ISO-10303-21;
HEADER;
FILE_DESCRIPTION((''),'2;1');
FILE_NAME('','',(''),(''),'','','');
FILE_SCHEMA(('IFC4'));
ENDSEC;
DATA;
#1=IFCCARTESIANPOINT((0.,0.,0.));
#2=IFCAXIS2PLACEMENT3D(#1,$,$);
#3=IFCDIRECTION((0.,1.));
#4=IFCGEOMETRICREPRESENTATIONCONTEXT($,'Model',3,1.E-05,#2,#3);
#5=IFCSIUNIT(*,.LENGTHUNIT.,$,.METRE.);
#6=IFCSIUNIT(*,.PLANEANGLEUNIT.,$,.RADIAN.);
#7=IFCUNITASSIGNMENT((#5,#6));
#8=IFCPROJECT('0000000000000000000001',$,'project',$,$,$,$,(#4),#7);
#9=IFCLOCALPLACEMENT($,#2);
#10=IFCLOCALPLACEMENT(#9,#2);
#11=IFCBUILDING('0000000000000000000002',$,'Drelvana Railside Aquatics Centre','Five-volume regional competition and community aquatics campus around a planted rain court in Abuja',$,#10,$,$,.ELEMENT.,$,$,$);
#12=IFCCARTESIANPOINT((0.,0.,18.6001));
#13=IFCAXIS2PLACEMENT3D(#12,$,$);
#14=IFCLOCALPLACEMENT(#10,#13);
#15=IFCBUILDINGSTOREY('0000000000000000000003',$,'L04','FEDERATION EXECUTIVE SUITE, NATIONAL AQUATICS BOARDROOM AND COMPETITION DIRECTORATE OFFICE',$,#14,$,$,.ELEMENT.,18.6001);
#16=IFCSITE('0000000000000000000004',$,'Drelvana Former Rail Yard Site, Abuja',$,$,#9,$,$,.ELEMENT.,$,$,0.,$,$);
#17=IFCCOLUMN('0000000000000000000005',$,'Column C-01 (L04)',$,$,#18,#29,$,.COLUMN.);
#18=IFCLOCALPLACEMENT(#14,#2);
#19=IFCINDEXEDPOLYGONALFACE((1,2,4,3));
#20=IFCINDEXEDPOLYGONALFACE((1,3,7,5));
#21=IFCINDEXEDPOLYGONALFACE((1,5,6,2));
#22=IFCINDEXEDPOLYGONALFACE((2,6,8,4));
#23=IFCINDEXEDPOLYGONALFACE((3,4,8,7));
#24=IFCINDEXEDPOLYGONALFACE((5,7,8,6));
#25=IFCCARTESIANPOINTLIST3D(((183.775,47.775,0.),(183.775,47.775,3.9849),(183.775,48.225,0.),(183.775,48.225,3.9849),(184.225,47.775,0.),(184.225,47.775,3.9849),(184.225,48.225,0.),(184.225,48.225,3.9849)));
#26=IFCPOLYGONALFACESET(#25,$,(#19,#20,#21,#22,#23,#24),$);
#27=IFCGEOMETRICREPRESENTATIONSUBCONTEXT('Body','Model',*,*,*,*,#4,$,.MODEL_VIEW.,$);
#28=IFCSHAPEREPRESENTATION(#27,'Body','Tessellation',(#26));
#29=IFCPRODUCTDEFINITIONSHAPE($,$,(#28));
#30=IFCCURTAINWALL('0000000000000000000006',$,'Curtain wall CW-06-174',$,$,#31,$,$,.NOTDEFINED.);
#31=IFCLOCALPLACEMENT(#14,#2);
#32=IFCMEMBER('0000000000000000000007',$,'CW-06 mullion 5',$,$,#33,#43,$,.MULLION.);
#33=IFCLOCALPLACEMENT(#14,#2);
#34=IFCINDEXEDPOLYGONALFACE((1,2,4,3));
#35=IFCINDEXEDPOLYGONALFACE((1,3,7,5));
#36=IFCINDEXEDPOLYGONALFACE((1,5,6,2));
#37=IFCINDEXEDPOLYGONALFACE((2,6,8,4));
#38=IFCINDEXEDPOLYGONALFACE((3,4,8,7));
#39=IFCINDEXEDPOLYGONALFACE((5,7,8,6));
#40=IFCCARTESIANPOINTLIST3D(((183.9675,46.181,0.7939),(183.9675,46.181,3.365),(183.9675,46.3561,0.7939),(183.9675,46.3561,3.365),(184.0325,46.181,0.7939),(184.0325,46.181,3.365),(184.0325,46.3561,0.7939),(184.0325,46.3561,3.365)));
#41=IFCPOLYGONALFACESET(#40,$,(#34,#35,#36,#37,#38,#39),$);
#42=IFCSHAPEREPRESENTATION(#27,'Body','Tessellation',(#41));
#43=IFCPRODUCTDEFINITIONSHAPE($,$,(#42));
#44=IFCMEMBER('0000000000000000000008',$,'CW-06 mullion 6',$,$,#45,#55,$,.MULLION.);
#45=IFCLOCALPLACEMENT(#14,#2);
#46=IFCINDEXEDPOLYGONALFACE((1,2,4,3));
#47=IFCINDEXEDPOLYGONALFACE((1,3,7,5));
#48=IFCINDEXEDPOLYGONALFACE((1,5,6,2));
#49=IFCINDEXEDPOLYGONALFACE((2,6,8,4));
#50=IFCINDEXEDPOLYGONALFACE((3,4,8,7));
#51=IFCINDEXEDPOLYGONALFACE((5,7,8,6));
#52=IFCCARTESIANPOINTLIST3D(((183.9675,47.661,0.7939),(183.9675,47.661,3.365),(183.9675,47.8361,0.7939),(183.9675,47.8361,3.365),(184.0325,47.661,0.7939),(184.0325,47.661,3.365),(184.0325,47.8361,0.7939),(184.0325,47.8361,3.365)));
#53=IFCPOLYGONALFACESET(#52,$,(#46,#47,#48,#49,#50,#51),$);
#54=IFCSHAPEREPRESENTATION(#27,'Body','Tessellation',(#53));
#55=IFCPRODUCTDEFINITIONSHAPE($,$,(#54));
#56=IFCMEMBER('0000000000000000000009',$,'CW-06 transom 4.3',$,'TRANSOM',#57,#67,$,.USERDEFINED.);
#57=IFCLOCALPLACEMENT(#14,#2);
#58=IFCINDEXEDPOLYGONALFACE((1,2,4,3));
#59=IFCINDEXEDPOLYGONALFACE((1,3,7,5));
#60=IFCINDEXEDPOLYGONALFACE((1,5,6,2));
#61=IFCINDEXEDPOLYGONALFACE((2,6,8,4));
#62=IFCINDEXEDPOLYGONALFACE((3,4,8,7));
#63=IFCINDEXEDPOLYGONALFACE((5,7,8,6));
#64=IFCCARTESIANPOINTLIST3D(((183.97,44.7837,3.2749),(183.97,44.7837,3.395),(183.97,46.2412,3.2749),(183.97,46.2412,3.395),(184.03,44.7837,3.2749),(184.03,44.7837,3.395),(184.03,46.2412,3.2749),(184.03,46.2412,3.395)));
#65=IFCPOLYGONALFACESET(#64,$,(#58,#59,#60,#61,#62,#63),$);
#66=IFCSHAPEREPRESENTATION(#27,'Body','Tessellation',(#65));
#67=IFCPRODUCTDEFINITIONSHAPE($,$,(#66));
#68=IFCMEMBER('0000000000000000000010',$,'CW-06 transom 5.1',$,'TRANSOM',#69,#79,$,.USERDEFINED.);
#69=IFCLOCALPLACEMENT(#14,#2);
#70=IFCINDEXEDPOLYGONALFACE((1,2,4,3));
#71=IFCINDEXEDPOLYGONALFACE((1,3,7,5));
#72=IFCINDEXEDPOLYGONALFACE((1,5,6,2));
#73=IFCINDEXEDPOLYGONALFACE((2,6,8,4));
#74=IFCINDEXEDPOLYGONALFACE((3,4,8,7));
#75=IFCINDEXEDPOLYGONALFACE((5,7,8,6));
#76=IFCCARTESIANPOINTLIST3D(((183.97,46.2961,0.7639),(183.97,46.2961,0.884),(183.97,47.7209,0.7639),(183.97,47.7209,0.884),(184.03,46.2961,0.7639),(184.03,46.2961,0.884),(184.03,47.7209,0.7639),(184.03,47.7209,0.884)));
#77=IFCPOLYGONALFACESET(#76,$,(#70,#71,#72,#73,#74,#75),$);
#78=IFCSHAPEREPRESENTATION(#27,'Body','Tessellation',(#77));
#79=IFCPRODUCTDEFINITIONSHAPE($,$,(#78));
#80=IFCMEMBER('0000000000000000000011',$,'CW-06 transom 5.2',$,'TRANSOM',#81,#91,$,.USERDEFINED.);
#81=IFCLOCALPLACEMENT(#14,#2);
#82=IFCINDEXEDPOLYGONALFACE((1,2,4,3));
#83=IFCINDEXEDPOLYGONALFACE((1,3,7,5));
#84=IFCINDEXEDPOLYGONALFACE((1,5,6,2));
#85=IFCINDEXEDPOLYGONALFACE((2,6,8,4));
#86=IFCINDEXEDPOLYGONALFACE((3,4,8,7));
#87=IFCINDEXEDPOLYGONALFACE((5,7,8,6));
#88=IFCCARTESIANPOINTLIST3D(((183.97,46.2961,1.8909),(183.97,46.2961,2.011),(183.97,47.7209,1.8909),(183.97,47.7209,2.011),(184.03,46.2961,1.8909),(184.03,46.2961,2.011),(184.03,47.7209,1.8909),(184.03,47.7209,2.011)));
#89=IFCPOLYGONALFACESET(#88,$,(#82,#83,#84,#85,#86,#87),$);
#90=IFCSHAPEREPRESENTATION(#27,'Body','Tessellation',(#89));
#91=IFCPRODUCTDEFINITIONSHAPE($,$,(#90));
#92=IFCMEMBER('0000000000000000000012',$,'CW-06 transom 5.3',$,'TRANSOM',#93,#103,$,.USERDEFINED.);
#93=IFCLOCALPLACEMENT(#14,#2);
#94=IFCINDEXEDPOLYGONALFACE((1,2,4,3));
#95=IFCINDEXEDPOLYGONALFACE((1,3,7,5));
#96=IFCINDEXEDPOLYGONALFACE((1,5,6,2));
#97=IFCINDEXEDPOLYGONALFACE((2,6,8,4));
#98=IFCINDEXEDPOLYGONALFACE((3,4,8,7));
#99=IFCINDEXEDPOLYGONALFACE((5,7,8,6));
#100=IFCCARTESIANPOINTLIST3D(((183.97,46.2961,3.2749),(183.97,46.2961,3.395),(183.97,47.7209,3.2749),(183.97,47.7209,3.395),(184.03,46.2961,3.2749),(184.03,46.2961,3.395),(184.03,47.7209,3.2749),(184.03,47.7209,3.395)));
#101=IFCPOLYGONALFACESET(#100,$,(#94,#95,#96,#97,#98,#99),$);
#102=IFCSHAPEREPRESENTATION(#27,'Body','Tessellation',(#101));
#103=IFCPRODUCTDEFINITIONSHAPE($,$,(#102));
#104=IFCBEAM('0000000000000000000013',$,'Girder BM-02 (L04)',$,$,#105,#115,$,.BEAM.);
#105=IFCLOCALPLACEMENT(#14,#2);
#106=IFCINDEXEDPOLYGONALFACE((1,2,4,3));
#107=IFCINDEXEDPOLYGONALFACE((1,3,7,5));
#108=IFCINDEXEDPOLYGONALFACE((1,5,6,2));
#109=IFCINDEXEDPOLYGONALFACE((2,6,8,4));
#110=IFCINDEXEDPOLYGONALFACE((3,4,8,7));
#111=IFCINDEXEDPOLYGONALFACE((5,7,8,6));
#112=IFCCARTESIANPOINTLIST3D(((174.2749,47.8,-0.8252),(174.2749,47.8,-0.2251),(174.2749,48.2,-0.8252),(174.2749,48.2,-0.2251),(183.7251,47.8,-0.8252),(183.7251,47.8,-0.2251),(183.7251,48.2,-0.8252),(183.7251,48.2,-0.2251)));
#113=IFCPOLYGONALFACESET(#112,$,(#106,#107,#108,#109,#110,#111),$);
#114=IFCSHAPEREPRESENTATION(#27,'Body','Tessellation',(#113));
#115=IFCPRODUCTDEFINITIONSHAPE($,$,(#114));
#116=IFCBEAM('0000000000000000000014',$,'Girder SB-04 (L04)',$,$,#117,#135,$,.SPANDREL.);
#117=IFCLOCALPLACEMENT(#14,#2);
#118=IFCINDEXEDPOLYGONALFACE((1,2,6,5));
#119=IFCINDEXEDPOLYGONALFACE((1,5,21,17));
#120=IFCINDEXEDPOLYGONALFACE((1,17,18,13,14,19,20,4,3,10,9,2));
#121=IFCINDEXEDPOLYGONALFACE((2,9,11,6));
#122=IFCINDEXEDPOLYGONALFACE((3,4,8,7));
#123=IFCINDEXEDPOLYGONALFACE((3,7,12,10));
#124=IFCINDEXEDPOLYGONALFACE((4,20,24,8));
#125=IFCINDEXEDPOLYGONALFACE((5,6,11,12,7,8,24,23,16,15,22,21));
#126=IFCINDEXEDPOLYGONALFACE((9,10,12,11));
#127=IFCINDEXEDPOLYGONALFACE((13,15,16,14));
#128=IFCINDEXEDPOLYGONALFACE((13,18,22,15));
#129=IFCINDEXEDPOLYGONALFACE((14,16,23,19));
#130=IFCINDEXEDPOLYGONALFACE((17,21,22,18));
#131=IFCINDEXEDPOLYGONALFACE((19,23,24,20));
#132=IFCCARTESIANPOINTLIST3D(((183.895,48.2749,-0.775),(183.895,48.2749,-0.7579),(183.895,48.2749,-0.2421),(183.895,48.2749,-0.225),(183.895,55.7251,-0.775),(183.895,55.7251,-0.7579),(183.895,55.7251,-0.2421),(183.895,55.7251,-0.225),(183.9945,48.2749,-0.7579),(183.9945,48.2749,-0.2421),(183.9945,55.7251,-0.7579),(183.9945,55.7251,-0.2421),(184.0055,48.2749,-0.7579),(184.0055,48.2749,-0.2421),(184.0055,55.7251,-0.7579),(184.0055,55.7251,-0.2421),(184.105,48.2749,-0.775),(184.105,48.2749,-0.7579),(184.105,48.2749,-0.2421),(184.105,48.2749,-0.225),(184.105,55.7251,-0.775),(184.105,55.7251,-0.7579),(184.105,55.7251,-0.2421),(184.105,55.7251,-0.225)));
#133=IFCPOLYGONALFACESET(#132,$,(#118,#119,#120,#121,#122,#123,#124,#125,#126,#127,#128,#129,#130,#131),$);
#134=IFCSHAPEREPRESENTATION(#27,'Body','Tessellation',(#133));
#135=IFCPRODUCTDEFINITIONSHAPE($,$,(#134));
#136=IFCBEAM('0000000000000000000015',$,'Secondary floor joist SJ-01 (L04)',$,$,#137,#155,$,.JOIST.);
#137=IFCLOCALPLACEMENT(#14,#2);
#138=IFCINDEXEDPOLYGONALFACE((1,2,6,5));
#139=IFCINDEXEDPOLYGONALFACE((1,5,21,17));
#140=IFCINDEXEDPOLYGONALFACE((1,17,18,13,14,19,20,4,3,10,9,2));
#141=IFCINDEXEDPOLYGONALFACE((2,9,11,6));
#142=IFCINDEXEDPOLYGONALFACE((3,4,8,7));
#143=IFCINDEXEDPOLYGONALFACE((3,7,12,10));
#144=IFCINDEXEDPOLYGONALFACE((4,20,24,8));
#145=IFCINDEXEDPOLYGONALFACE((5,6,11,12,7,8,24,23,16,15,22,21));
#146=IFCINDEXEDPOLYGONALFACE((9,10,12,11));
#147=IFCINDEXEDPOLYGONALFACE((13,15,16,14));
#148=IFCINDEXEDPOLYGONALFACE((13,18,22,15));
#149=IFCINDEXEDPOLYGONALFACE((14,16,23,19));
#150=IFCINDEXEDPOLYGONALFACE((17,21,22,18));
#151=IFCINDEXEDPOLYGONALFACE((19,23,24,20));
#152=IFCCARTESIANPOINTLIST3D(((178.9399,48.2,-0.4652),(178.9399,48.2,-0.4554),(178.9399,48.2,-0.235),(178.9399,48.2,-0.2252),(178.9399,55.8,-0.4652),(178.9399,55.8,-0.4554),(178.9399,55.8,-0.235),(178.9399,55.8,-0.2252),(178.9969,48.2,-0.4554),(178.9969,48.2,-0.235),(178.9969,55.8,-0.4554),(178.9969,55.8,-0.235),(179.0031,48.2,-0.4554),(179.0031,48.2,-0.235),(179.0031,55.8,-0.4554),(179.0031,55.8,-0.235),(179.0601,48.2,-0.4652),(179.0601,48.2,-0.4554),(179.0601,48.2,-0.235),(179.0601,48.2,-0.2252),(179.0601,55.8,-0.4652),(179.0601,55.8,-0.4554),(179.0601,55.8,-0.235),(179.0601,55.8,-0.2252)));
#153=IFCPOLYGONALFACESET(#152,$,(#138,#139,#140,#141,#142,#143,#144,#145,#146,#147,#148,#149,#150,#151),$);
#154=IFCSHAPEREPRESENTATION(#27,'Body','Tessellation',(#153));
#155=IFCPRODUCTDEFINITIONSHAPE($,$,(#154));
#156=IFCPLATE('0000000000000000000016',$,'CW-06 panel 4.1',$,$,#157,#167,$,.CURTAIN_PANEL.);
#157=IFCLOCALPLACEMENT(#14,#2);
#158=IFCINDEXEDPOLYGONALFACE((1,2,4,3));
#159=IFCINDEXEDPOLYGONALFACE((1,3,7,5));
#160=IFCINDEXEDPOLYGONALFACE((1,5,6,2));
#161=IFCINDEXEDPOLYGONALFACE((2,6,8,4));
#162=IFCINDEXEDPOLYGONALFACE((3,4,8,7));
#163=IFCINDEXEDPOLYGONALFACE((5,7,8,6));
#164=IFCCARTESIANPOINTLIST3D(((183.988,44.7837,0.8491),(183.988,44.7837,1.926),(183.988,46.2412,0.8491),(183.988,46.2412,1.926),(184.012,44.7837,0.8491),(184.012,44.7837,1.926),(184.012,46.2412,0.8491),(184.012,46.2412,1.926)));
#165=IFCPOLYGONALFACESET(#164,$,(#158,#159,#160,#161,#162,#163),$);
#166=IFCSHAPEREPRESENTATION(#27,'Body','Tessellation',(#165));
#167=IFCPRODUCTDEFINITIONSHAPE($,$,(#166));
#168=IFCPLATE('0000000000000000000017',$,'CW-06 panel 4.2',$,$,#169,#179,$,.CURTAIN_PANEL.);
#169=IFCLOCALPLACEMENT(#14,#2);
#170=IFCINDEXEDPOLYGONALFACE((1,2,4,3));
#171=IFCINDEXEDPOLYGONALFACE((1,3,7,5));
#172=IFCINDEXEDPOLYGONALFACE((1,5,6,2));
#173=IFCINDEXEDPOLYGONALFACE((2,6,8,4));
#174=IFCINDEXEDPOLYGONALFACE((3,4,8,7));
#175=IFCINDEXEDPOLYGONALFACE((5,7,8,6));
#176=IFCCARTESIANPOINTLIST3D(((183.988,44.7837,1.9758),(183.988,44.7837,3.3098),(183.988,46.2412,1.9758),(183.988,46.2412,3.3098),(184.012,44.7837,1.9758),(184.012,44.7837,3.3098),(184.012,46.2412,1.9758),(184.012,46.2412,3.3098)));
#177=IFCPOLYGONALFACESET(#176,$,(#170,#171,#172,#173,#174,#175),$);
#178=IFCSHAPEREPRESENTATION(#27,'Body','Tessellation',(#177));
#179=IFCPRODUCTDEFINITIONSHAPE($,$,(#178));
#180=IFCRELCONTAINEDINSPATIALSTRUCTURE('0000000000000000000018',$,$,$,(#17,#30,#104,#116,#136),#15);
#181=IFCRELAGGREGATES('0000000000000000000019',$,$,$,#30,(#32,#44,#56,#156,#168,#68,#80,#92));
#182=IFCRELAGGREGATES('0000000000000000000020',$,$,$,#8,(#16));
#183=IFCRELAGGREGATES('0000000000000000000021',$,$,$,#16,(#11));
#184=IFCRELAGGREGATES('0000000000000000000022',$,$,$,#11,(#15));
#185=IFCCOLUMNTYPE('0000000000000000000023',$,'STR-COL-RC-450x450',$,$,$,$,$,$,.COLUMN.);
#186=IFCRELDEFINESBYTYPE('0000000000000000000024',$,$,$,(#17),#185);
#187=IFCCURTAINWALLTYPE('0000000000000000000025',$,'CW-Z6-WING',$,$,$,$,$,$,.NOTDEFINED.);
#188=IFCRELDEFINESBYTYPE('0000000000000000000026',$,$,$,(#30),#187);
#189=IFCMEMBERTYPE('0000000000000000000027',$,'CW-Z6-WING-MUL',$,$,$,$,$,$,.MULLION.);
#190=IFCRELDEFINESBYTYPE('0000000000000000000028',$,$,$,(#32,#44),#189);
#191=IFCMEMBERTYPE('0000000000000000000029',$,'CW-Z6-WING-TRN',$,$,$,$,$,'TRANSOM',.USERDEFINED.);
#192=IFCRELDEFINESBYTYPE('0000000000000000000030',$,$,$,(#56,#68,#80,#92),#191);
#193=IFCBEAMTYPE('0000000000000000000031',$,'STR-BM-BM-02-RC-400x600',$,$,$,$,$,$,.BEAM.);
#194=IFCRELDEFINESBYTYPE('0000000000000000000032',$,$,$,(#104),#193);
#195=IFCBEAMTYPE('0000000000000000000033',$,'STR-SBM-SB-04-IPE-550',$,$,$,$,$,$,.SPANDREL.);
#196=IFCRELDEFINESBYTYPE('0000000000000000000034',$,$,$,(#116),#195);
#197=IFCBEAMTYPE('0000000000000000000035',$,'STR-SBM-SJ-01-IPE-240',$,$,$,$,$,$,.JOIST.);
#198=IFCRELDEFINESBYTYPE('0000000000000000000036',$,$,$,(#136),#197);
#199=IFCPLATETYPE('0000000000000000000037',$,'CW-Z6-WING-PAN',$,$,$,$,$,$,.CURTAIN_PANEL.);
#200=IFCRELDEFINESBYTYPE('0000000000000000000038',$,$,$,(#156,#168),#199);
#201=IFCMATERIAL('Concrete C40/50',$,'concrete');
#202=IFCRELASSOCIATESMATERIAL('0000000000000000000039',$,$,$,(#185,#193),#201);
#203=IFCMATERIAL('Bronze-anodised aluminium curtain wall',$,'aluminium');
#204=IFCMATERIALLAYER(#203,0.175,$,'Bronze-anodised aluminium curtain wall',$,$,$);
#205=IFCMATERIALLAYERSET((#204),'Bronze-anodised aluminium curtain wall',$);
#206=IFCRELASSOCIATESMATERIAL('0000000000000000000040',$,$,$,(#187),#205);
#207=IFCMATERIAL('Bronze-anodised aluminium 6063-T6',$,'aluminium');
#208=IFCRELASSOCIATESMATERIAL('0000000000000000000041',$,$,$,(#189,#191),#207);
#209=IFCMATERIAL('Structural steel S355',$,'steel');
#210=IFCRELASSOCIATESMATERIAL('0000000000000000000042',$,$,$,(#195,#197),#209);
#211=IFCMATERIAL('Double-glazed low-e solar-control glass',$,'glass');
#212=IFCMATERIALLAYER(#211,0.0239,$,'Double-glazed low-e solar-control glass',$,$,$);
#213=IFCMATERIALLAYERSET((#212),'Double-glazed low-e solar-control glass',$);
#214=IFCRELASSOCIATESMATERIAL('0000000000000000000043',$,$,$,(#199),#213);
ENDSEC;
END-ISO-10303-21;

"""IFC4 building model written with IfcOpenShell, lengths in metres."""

from ifc_helpers import new_model, si_unit, direction, frame, origin, origin_2d, place, context, subcontext, project, spatial, rectangle, i_section, extrude, material, layer, layer_set, material_profile, profile_set, type_object, element, aggregate, save


model = new_model("IFC4")

# Units and contexts
model_context = context("Model", 3, precision=1e-05, world=origin(), true_north=direction((0.0, 1.0)))
body_context = subcontext(model_context, "Body", "Model", "MODEL_VIEW")
ifc_project = project(units=[si_unit("LENGTHUNIT", "METRE"), si_unit("PLANEANGLEUNIT", "RADIAN")], contexts=[model_context])

# Site, building, storey
site_placement = place(None, origin())
site = spatial("IfcSite", under=ifc_project, at=site_placement, Name="Drelvana Former Rail Yard Site, Abuja", CompositionType="ELEMENT", RefElevation=0.0)
building_placement = place(site_placement, origin())
building = spatial("IfcBuilding", under=site, at=building_placement, Name="Drelvana Railside Aquatics Centre", Description="Five-volume regional competition and community aquatics campus around a planted rain court in Abuja", CompositionType="ELEMENT")
storey_placement = place(building_placement, frame((0.0, 0.0, 18.6001)))
storey = spatial("IfcBuildingStorey", under=building, at=storey_placement, Name="L04", Description="FEDERATION EXECUTIVE SUITE, NATIONAL AQUATICS BOARDROOM AND COMPETITION DIRECTORATE OFFICE", CompositionType="ELEMENT", Elevation=18.6001)

# Column
ifc_material_1 = material(Name="Concrete C40/50", Category="concrete")
ifc_material_profile_1 = material_profile(ifc_material_1, rectangle(XDim=0.45, YDim=0.45, at=origin_2d()), Name="RC 450x450")
ifc_profile_set_1 = profile_set([ifc_material_profile_1], Name="Concrete C40/50")
column_type = type_object("IfcColumnType", Name="STR-COL-RC-450x450", PredefinedType="COLUMN", material=ifc_profile_set_1)
column_placement = place(storey_placement, frame((184.0, 48.0, 0.0), z_axis=(0.0, 0.0, 1.0), x_axis=(1.0, 0.0, 0.0)))
element("IfcColumn", 1, at=column_placement, inside=storey, type_object=column_type, Name="Column C-01 (L04)", PredefinedType="COLUMN", context=body_context, shape_type="SweptSolid", body=[
    extrude(rectangle(XDim=0.45, YDim=0.45, at=origin_2d()), origin(), (0.0, 0.0, 1.0), 3.9849),
])

# Curtain wall, members
ifc_material_2 = material(Name="Bronze-anodised aluminium curtain wall", Category="aluminium")
ifc_layer_1 = layer(ifc_material_2, 0.175, Name="Bronze-anodised aluminium curtain wall")
ifc_layer_set_1 = layer_set([ifc_layer_1], Name="Bronze-anodised aluminium curtain wall")
curtain_wall_type = type_object("IfcCurtainWallType", Name="CW-Z6-WING", PredefinedType="NOTDEFINED", material=ifc_layer_set_1)
curtain_wall_placement = place(storey_placement, origin())
curtain_wall = element("IfcCurtainWall", 2, at=curtain_wall_placement, inside=storey, type_object=curtain_wall_type, Name="Curtain wall CW-06-174", PredefinedType="NOTDEFINED")
ifc_material_3 = material(Name="Bronze-anodised aluminium 6063-T6", Category="aluminium")
ifc_material_profile_2 = material_profile(ifc_material_3, rectangle(XDim=0.0649, YDim=0.175, at=origin_2d()), Name="ALU-M 65x175")
ifc_profile_set_2 = profile_set([ifc_material_profile_2], Name="Bronze-anodised aluminium 6063-T6")
member_type_1 = type_object("IfcMemberType", Name="CW-Z6-WING-MUL", PredefinedType="MULLION", material=ifc_profile_set_2)
member_1_placement = place(storey_placement, frame((184.0, 46.2686, 0.7939), z_axis=(0.0, 0.0, 1.0), x_axis=(-1.0, 0.0, 0.0)))
member_1 = element("IfcMember", 3, at=member_1_placement, type_object=member_type_1, Name="CW-06 mullion 5", PredefinedType="MULLION", context=body_context, shape_type="SweptSolid", body=[
    extrude(rectangle(XDim=0.0649, YDim=0.175, at=origin_2d()), origin(), (0.0, 0.0, 1.0), 2.571),
])
member_2_placement = place(storey_placement, frame((184.0, 47.7485, 0.7939), z_axis=(0.0, 0.0, 1.0), x_axis=(-1.0, 0.0, 0.0)))
member_2 = element("IfcMember", 4, at=member_2_placement, type_object=member_type_1, Name="CW-06 mullion 6", PredefinedType="MULLION", context=body_context, shape_type="SweptSolid", body=[
    extrude(rectangle(XDim=0.0649, YDim=0.175, at=origin_2d()), origin(), (0.0, 0.0, 1.0), 2.571),
])
ifc_material_profile_3 = material_profile(ifc_material_3, rectangle(XDim=0.1201, YDim=0.0601, at=origin_2d()), Name="ALU-T 60x120")
ifc_profile_set_3 = profile_set([ifc_material_profile_3], Name="Bronze-anodised aluminium 6063-T6")
member_type_2 = type_object("IfcMemberType", Name="CW-Z6-WING-TRN", ElementType="TRANSOM", PredefinedType="USERDEFINED", material=ifc_profile_set_3)
member_3_placement = place(storey_placement, frame((184.0, 44.7837, 3.335), z_axis=(0.0, 1.0, 0.0), x_axis=(0.0, 0.0, 1.0)))
member_3 = element("IfcMember", 5, at=member_3_placement, type_object=member_type_2, Name="CW-06 transom 4.3", ObjectType="TRANSOM", PredefinedType="USERDEFINED", context=body_context, shape_type="SweptSolid", body=[
    extrude(rectangle(XDim=0.1201, YDim=0.0601, at=origin_2d()), origin(), (0.0, 0.0, 1.0), 1.4575),
])
member_4_placement = place(storey_placement, frame((184.0, 46.2961, 0.824), z_axis=(0.0, 1.0, 0.0), x_axis=(0.0, 0.0, 1.0)))
member_4 = element("IfcMember", 6, at=member_4_placement, type_object=member_type_2, Name="CW-06 transom 5.1", ObjectType="TRANSOM", PredefinedType="USERDEFINED", context=body_context, shape_type="SweptSolid", body=[
    extrude(rectangle(XDim=0.1201, YDim=0.0601, at=origin_2d()), origin(), (0.0, 0.0, 1.0), 1.4248),
])
member_5_placement = place(storey_placement, frame((184.0, 46.2961, 1.9509), z_axis=(0.0, 1.0, 0.0), x_axis=(0.0, 0.0, 1.0)))
member_5 = element("IfcMember", 7, at=member_5_placement, type_object=member_type_2, Name="CW-06 transom 5.2", ObjectType="TRANSOM", PredefinedType="USERDEFINED", context=body_context, shape_type="SweptSolid", body=[
    extrude(rectangle(XDim=0.1201, YDim=0.0601, at=origin_2d()), origin(), (0.0, 0.0, 1.0), 1.4248),
])
member_6_placement = place(storey_placement, frame((184.0, 46.2961, 3.335), z_axis=(0.0, 1.0, 0.0), x_axis=(0.0, 0.0, 1.0)))
member_6 = element("IfcMember", 8, at=member_6_placement, type_object=member_type_2, Name="CW-06 transom 5.3", ObjectType="TRANSOM", PredefinedType="USERDEFINED", context=body_context, shape_type="SweptSolid", body=[
    extrude(rectangle(XDim=0.1201, YDim=0.0601, at=origin_2d()), origin(), (0.0, 0.0, 1.0), 1.4248),
])

# Beams
ifc_material_profile_4 = material_profile(ifc_material_1, rectangle(XDim=0.3999, YDim=0.6001, at=origin_2d()), Name="RC 400x600")
ifc_profile_set_4 = profile_set([ifc_material_profile_4], Name="Concrete C40/50")
beam_type_1 = type_object("IfcBeamType", Name="STR-BM-BM-02-RC-400x600", PredefinedType="BEAM", material=ifc_profile_set_4)
beam_1_placement = place(storey_placement, frame((174.2749, 48.0, -0.5251), z_axis=(1.0, 0.0, 0.0), x_axis=(0.0, 1.0, 0.0)))
element("IfcBeam", 9, at=beam_1_placement, inside=storey, type_object=beam_type_1, Name="Girder BM-02 (L04)", PredefinedType="BEAM", context=body_context, shape_type="SweptSolid", body=[
    extrude(rectangle(XDim=0.3999, YDim=0.6001, at=origin_2d()), origin(), (0.0, 0.0, 1.0), 9.4502),
])
ifc_material_4 = material(Name="Structural steel S355", Category="steel")
ifc_material_profile_5 = material_profile(ifc_material_4, i_section(OverallWidth=0.21, OverallDepth=0.55, WebThickness=0.011, FlangeThickness=0.0171, at=origin_2d()), Name="IPE 550")
ifc_profile_set_5 = profile_set([ifc_material_profile_5], Name="Structural steel S355")
beam_type_2 = type_object("IfcBeamType", Name="STR-SBM-SB-04-IPE-550", PredefinedType="SPANDREL", material=ifc_profile_set_5)
beam_2_placement = place(storey_placement, frame((184.0, 48.2749, -0.5), z_axis=(0.0, 1.0, 0.0), x_axis=(-1.0, 0.0, 0.0)))
element("IfcBeam", 10, at=beam_2_placement, inside=storey, type_object=beam_type_2, Name="Girder SB-04 (L04)", PredefinedType="SPANDREL", context=body_context, shape_type="SweptSolid", body=[
    extrude(i_section(OverallWidth=0.21, OverallDepth=0.55, WebThickness=0.011, FlangeThickness=0.0171, at=origin_2d()), origin(), (0.0, 0.0, 1.0), 7.4502),
])
ifc_material_profile_6 = material_profile(ifc_material_4, i_section(OverallWidth=0.1201, OverallDepth=0.24, WebThickness=0.0061, FlangeThickness=0.0098, at=origin_2d()), Name="IPE 240")
ifc_profile_set_6 = profile_set([ifc_material_profile_6], Name="Structural steel S355")
beam_type_3 = type_object("IfcBeamType", Name="STR-SBM-SJ-01-IPE-240", PredefinedType="JOIST", material=ifc_profile_set_6)
beam_3_placement = place(storey_placement, frame((179.0, 48.2, -0.3452), z_axis=(0.0, 1.0, 0.0), x_axis=(-1.0, 0.0, 0.0)))
element("IfcBeam", 11, at=beam_3_placement, inside=storey, type_object=beam_type_3, Name="Secondary floor joist SJ-01 (L04)", PredefinedType="JOIST", context=body_context, shape_type="SweptSolid", body=[
    extrude(i_section(OverallWidth=0.1201, OverallDepth=0.24, WebThickness=0.0061, FlangeThickness=0.0098, at=origin_2d()), origin(), (0.0, 0.0, 1.0), 7.6001),
])

# Plates
ifc_material_5 = material(Name="Double-glazed low-e solar-control glass", Category="glass")
ifc_layer_2 = layer(ifc_material_5, 0.0239, Name="Double-glazed low-e solar-control glass")
ifc_layer_set_2 = layer_set([ifc_layer_2], Name="Double-glazed low-e solar-control glass")
plate_type = type_object("IfcPlateType", Name="CW-Z6-WING-PAN", PredefinedType="CURTAIN_PANEL", material=ifc_layer_set_2)
plate_1_placement = place(storey_placement, frame((184.0, 45.5125, 0.8491), z_axis=(0.0, 0.0, 1.0), x_axis=(0.0, 1.0, 0.0)))
plate_1 = element("IfcPlate", 12, at=plate_1_placement, type_object=plate_type, Name="CW-06 panel 4.1", PredefinedType="CURTAIN_PANEL", context=body_context, shape_type="SweptSolid", body=[
    extrude(rectangle(XDim=1.4575, YDim=0.0239, at=origin_2d()), origin(), (0.0, 0.0, 1.0), 1.0769),
])
plate_2_placement = place(storey_placement, frame((184.0, 45.5125, 1.9758), z_axis=(0.0, 0.0, 1.0), x_axis=(0.0, 1.0, 0.0)))
plate_2 = element("IfcPlate", 13, at=plate_2_placement, type_object=plate_type, Name="CW-06 panel 4.2", PredefinedType="CURTAIN_PANEL", context=body_context, shape_type="SweptSolid", body=[
    extrude(rectangle(XDim=1.4575, YDim=0.0239, at=origin_2d()), origin(), (0.0, 0.0, 1.0), 1.334),
])
aggregate(curtain_wall, [member_1, member_2, member_3, plate_1, plate_2, member_4, member_5, member_6])

save(model, "model.ifc")
